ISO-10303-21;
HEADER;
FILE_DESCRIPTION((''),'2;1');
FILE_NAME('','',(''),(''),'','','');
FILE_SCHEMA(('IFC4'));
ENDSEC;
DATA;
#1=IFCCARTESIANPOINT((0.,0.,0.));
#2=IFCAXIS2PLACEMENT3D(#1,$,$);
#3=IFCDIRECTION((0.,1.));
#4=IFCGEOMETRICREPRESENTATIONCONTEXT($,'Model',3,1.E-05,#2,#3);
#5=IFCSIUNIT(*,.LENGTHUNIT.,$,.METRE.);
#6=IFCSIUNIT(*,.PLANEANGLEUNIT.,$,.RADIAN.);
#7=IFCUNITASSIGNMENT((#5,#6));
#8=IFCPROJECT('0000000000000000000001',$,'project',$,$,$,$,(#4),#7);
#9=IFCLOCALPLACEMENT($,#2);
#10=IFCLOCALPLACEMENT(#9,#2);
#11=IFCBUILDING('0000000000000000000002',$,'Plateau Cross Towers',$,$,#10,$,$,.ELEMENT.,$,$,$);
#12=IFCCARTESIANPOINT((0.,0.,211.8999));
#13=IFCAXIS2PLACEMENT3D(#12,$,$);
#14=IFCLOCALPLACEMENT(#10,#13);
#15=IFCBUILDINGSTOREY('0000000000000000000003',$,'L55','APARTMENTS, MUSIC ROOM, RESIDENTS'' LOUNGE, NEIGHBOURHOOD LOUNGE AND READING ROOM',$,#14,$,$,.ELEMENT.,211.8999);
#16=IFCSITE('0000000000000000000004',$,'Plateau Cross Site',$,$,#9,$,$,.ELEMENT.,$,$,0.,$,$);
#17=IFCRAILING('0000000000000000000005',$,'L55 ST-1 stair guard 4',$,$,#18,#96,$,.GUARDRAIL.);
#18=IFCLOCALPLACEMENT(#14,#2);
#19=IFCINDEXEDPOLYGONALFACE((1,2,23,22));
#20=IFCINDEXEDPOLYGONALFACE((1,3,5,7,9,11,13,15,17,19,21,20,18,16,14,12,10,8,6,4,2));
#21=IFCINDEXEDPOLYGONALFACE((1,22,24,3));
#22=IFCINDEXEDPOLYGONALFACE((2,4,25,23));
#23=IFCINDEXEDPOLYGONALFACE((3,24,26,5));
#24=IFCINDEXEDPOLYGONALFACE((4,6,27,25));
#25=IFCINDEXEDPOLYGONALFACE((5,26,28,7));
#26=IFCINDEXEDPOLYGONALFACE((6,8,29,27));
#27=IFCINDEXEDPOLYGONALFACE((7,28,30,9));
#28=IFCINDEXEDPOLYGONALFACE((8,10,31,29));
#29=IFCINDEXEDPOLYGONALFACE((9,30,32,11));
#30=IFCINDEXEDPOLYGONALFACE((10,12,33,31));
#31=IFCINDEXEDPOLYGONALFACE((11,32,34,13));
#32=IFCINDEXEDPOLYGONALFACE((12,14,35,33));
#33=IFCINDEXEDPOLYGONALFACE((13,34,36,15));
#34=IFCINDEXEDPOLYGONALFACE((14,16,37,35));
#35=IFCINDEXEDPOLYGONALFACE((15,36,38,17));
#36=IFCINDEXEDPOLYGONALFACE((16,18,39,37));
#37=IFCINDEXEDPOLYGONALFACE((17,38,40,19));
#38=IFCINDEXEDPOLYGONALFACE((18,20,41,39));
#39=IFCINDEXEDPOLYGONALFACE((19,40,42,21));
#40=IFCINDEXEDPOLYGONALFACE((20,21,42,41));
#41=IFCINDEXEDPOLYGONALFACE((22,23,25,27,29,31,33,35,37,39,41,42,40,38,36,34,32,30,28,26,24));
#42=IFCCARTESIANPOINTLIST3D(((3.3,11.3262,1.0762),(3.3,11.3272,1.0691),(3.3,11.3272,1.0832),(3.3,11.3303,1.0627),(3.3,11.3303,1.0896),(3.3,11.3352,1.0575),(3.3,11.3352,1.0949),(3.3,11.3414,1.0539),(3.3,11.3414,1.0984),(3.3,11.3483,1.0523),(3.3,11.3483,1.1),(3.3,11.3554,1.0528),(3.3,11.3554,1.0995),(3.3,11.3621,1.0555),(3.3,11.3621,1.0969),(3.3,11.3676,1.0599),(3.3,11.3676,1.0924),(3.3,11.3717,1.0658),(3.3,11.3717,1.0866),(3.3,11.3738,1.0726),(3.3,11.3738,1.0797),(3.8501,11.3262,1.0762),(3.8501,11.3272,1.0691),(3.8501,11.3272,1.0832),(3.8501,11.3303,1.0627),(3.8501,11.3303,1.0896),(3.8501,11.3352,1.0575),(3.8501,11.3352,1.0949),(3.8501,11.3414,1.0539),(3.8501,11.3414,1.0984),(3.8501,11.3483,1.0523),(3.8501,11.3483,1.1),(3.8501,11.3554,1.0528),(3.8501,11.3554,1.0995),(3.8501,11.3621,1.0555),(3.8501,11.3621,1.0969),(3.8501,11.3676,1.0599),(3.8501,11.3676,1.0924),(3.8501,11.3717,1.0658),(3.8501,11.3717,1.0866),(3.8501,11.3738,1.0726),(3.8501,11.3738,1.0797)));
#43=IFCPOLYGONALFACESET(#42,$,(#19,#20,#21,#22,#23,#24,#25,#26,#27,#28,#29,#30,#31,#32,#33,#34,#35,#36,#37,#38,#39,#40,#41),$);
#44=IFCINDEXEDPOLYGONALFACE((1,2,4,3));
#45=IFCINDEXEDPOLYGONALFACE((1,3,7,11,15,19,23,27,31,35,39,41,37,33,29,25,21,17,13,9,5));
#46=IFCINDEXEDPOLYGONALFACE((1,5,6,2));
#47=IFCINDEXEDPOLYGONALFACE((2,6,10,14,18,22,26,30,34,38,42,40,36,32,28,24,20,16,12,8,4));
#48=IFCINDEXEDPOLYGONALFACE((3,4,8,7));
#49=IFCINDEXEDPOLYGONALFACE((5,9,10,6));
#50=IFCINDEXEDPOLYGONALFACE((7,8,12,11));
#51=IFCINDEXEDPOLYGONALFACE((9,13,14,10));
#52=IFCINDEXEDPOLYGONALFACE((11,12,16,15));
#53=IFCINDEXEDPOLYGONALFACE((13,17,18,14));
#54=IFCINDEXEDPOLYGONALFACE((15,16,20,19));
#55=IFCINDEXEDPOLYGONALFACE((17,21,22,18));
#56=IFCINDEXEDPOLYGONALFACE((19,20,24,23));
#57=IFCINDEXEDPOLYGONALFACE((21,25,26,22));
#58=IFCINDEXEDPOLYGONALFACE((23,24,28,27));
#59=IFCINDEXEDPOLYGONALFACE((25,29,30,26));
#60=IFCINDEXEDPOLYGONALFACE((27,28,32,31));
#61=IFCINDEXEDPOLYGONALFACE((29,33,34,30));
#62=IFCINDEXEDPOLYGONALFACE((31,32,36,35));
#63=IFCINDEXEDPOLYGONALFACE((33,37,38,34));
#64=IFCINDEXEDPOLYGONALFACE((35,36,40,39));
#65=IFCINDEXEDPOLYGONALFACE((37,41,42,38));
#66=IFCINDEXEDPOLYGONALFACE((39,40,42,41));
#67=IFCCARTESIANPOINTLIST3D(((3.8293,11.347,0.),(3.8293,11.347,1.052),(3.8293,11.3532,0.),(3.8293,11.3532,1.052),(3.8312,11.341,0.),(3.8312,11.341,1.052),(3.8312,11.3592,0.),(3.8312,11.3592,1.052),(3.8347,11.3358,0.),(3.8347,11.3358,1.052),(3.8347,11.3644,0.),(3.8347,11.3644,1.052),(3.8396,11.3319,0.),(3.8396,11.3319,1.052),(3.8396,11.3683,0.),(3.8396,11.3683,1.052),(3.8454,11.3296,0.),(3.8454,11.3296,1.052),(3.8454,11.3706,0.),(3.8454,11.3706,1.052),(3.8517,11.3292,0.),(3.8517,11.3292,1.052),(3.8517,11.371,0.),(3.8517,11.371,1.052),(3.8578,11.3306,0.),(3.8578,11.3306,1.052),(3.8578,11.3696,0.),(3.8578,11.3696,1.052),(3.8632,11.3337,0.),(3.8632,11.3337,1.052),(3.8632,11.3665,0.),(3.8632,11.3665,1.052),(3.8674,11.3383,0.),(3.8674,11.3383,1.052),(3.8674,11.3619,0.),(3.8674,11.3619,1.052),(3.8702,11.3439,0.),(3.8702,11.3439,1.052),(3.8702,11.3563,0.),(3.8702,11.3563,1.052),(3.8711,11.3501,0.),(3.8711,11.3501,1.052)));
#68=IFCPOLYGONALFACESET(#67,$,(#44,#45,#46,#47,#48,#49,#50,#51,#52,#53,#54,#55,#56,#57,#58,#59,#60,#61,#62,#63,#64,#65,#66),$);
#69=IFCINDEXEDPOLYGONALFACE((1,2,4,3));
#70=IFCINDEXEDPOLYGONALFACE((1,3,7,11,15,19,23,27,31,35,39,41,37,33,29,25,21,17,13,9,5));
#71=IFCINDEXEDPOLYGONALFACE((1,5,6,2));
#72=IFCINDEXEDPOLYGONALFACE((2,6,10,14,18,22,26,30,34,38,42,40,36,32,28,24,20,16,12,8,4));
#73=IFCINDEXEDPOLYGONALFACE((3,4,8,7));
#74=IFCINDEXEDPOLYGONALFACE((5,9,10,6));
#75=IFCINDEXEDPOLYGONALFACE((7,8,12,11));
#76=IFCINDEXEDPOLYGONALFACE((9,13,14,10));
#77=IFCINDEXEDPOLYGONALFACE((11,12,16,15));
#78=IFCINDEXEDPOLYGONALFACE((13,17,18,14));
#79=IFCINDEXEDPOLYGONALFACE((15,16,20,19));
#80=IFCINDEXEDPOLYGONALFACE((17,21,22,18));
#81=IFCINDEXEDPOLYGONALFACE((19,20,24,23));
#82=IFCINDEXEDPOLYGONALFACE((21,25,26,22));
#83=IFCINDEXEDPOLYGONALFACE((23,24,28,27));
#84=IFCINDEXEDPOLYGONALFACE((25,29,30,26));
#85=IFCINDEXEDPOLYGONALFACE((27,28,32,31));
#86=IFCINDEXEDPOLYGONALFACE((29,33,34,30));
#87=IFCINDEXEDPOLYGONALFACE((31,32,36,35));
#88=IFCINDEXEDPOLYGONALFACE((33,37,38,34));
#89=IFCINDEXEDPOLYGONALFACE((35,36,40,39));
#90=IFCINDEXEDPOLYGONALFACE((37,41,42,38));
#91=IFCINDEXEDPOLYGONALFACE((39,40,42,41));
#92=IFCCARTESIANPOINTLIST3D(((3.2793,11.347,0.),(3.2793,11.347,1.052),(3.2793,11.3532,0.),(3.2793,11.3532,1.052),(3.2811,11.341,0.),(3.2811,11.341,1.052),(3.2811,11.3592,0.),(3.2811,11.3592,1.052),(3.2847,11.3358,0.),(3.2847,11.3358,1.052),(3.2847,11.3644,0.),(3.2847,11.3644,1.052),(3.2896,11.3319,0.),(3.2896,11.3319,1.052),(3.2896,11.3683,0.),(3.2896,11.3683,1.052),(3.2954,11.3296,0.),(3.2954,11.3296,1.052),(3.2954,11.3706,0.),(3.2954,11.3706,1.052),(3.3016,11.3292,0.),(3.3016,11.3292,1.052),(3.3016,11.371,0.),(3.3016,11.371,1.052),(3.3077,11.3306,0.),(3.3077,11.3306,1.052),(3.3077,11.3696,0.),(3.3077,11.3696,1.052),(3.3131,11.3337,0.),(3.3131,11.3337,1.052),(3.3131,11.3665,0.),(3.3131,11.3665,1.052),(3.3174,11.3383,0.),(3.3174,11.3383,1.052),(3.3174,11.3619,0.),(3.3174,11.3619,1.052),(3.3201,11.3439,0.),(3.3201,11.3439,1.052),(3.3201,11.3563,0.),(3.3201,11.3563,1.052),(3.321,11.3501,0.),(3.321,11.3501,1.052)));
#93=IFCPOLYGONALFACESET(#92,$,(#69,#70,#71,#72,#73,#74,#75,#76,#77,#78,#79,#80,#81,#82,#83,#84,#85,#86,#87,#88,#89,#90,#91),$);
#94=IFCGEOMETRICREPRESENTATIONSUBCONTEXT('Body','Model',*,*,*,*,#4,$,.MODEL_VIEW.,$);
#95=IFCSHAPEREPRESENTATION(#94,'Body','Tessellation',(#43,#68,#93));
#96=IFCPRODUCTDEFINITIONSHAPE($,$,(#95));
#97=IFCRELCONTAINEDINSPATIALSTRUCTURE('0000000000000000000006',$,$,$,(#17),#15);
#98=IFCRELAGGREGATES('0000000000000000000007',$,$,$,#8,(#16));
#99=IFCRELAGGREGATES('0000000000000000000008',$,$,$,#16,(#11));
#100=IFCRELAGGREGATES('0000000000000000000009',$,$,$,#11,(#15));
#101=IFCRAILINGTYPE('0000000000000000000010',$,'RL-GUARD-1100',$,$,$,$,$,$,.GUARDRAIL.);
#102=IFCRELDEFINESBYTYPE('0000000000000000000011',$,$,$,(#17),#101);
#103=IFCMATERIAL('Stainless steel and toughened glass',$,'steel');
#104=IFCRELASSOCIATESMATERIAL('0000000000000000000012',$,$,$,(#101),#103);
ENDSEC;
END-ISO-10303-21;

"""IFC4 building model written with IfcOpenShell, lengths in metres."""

from ifc_helpers import new_model, si_unit, direction, frame, origin, origin_2d, place, context, subcontext, project, spatial, circle, extrude, material, type_object, element, save


model = new_model("IFC4")

# Units and contexts
model_context = context("Model", 3, precision=1e-05, world=origin(), true_north=direction((0.0, 1.0)))
body_context = subcontext(model_context, "Body", "Model", "MODEL_VIEW")
ifc_project = project(units=[si_unit("LENGTHUNIT", "METRE"), si_unit("PLANEANGLEUNIT", "RADIAN")], contexts=[model_context])

# Site, building, storey
site_placement = place(None, origin())
site = spatial("IfcSite", under=ifc_project, at=site_placement, Name="Plateau Cross Site", CompositionType="ELEMENT", RefElevation=0.0)
building_placement = place(site_placement, origin())
building = spatial("IfcBuilding", under=site, at=building_placement, Name="Plateau Cross Towers", CompositionType="ELEMENT")
storey_placement = place(building_placement, frame((0.0, 0.0, 211.8999)))
storey = spatial("IfcBuildingStorey", under=building, at=storey_placement, Name="L55", Description="APARTMENTS, MUSIC ROOM, RESIDENTS' LOUNGE, NEIGHBOURHOOD LOUNGE AND READING ROOM", CompositionType="ELEMENT", Elevation=211.8999)

# Railing
ifc_material_1 = material(Name="Stainless steel and toughened glass", Category="steel")
railing_type_1 = type_object("IfcRailingType", Name="RL-GUARD-1100", PredefinedType="GUARDRAIL", material=ifc_material_1)
railing_1_placement = place(storey_placement, frame((3.8501, 11.3501, 0.0)))
element("IfcRailing", 1, at=railing_1_placement, inside=storey, type_object=railing_type_1, Name="L55 ST-1 stair guard 4", PredefinedType="GUARDRAIL", context=body_context, shape_type="SweptSolid", body=[
    extrude(circle(Radius=0.0239, at=origin_2d()), frame((0.0, 0.0, 1.0762), z_axis=(-1.0, 0.0, 0.0), x_axis=(0.0, -1.0, 0.0)), (0.0, 0.0, 1.0), 0.55),
    extrude(circle(Radius=0.021, at=origin_2d()), origin(), (0.0, 0.0, 1.0), 1.052),
    extrude(circle(Radius=0.021, at=origin_2d()), frame((-0.55, 0.0, 0.0)), (0.0, 0.0, 1.0), 1.052),
])

save(model, "model.ifc")
